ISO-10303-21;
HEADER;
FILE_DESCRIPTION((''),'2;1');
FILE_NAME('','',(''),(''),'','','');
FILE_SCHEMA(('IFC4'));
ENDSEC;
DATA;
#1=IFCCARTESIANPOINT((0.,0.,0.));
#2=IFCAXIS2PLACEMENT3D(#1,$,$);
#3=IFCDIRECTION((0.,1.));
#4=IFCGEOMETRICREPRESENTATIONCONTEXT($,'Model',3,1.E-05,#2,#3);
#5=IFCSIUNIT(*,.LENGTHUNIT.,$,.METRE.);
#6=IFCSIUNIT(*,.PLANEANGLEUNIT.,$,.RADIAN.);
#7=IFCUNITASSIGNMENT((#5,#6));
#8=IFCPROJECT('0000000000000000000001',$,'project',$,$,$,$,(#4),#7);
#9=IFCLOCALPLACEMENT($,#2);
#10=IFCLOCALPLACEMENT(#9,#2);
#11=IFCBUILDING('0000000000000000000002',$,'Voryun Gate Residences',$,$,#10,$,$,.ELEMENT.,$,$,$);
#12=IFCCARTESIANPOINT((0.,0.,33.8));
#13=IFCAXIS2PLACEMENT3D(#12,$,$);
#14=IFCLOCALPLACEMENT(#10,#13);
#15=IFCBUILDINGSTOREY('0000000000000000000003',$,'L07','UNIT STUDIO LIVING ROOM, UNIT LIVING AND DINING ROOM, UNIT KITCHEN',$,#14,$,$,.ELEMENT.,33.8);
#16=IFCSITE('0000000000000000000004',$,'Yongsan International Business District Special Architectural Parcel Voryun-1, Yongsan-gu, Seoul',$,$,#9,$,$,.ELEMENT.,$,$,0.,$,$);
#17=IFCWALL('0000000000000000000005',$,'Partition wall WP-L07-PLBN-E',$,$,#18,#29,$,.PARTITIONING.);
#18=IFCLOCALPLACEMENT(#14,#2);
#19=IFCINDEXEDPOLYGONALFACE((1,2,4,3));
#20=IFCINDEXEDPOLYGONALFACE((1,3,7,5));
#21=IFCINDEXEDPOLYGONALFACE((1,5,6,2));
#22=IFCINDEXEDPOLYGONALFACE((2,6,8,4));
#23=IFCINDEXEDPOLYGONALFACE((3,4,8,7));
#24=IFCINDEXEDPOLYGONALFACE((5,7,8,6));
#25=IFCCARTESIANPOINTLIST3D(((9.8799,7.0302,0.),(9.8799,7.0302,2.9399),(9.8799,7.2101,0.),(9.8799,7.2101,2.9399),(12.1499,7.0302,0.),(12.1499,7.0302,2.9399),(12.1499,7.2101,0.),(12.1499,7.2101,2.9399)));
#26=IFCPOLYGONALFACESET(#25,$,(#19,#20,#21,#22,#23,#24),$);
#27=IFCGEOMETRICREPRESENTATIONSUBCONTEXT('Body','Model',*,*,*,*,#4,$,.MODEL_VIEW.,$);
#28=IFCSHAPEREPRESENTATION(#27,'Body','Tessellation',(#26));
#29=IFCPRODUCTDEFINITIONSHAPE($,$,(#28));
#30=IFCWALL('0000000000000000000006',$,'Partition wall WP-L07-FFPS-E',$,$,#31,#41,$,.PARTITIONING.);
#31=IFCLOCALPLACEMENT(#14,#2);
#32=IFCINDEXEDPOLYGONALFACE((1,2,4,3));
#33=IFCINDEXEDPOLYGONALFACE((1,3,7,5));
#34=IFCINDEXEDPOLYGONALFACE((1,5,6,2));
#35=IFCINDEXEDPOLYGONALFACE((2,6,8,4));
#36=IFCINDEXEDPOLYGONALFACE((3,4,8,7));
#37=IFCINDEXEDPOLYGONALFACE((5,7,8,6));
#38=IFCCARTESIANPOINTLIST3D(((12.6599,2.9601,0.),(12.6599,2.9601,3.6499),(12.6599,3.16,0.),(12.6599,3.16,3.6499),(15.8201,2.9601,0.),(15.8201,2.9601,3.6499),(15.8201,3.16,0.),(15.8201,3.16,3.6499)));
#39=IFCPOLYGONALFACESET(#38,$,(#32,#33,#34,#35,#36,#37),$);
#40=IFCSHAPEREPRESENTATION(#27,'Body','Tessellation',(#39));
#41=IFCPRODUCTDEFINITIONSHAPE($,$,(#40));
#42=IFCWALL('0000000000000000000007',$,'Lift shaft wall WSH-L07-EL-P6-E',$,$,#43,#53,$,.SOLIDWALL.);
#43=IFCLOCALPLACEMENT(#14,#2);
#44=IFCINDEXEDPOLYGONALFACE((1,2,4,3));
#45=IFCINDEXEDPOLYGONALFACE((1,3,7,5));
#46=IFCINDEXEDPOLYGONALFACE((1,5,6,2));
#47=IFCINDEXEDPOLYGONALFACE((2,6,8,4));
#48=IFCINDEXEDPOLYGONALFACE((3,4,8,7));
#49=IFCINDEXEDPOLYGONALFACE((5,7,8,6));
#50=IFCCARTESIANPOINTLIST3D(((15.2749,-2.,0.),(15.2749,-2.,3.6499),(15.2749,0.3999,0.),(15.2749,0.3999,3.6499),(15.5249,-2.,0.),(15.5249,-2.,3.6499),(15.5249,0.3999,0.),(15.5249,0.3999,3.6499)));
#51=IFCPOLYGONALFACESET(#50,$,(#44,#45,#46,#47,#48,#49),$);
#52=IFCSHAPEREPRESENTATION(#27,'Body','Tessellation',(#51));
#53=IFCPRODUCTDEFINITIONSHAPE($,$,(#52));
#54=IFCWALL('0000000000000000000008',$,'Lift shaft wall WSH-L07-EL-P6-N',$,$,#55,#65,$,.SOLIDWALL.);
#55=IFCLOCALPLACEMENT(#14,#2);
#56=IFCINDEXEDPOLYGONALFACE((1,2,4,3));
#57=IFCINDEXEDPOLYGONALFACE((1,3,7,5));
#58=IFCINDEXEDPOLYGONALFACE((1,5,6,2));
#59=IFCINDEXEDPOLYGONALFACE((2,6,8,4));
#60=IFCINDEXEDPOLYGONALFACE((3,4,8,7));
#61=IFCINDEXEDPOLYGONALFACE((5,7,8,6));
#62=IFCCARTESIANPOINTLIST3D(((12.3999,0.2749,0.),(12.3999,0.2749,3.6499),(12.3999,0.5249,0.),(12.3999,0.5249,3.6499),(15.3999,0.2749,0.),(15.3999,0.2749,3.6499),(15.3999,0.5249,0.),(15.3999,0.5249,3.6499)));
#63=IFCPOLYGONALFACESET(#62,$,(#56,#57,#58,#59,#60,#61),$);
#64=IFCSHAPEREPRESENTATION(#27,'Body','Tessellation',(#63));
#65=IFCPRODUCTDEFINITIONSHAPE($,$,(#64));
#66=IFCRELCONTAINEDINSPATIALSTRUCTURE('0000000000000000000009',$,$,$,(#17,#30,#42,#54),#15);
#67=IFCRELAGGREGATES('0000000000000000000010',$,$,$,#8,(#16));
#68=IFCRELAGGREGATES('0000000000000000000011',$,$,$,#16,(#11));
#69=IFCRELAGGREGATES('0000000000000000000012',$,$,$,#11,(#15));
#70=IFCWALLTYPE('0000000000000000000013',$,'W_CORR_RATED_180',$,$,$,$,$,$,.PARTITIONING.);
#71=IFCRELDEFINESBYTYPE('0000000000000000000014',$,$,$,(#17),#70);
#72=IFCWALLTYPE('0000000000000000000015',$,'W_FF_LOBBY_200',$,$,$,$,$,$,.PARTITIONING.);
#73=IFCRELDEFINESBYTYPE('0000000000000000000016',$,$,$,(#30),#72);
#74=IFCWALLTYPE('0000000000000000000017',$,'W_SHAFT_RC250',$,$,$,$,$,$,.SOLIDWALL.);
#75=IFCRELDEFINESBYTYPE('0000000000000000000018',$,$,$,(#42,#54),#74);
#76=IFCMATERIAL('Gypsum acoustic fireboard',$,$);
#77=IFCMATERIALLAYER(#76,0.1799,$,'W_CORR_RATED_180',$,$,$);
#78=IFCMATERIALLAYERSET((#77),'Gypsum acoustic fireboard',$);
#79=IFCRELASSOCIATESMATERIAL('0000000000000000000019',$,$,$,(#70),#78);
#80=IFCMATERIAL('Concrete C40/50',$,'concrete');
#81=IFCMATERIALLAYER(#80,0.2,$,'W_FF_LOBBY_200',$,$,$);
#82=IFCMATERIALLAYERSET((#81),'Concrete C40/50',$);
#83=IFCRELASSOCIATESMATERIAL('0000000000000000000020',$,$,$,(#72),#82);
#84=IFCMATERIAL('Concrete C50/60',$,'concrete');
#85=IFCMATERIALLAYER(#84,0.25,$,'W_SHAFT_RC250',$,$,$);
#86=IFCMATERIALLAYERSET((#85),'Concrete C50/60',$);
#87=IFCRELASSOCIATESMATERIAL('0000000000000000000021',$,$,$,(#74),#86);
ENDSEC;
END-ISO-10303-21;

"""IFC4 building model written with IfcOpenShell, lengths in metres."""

from ifc_helpers import new_model, si_unit, direction, frame, frame_2d, origin, place, context, subcontext, project, spatial, rectangle, extrude, material, layer, layer_set, type_object, element, save


model = new_model("IFC4")

# Units and contexts
model_context = context("Model", 3, precision=1e-05, world=origin(), true_north=direction((0.0, 1.0)))
body_context = subcontext(model_context, "Body", "Model", "MODEL_VIEW")
ifc_project = project(units=[si_unit("LENGTHUNIT", "METRE"), si_unit("PLANEANGLEUNIT", "RADIAN")], contexts=[model_context])

# Site, building, storey
site_placement = place(None, origin())
site = spatial("IfcSite", under=ifc_project, at=site_placement, Name="Yongsan International Business District Special Architectural Parcel Voryun-1, Yongsan-gu, Seoul", CompositionType="ELEMENT", RefElevation=0.0)
building_placement = place(site_placement, origin())
building = spatial("IfcBuilding", under=site, at=building_placement, Name="Voryun Gate Residences", CompositionType="ELEMENT")
storey_placement = place(building_placement, frame((0.0, 0.0, 33.8)))
storey = spatial("IfcBuildingStorey", under=building, at=storey_placement, Name="L07", Description="UNIT STUDIO LIVING ROOM, UNIT LIVING AND DINING ROOM, UNIT KITCHEN", CompositionType="ELEMENT", Elevation=33.8)

# Walls
ifc_material_1 = material(Name="Gypsum acoustic fireboard")
ifc_layer_1 = layer(ifc_material_1, 0.1799, Name="W_CORR_RATED_180")
ifc_layer_set_1 = layer_set([ifc_layer_1], Name="Gypsum acoustic fireboard")
wall_type_1 = type_object("IfcWallType", Name="W_CORR_RATED_180", PredefinedType="PARTITIONING", material=ifc_layer_set_1)
wall_1_placement = place(storey_placement, frame((9.8799, 7.1201, 0.0), z_axis=(0.0, 0.0, 1.0), x_axis=(1.0, 0.0, 0.0)))
element("IfcWall", 1, at=wall_1_placement, inside=storey, type_object=wall_type_1, Name="Partition wall WP-L07-PLBN-E", PredefinedType="PARTITIONING", context=body_context, shape_type="SweptSolid", body=[
    extrude(rectangle(XDim=2.27, YDim=0.1799, at=frame_2d((1.135, 0.0))), origin(), (0.0, 0.0, 1.0), 2.9399),
])
ifc_material_2 = material(Name="Concrete C40/50", Category="concrete")
ifc_layer_2 = layer(ifc_material_2, 0.2, Name="W_FF_LOBBY_200")
ifc_layer_set_2 = layer_set([ifc_layer_2], Name="Concrete C40/50")
wall_type_2 = type_object("IfcWallType", Name="W_FF_LOBBY_200", PredefinedType="PARTITIONING", material=ifc_layer_set_2)
wall_2_placement = place(storey_placement, frame((12.6599, 3.0601, 0.0), z_axis=(0.0, 0.0, 1.0), x_axis=(1.0, 0.0, 0.0)))
element("IfcWall", 2, at=wall_2_placement, inside=storey, type_object=wall_type_2, Name="Partition wall WP-L07-FFPS-E", PredefinedType="PARTITIONING", context=body_context, shape_type="SweptSolid", body=[
    extrude(rectangle(XDim=3.1602, YDim=0.2, at=frame_2d((1.5801, 0.0))), origin(), (0.0, 0.0, 1.0), 3.6499),
])
ifc_material_3 = material(Name="Concrete C50/60", Category="concrete")
ifc_layer_3 = layer(ifc_material_3, 0.25, Name="W_SHAFT_RC250")
ifc_layer_set_3 = layer_set([ifc_layer_3], Name="Concrete C50/60")
wall_type_3 = type_object("IfcWallType", Name="W_SHAFT_RC250", PredefinedType="SOLIDWALL", material=ifc_layer_set_3)
wall_3_placement = place(storey_placement, frame((15.3999, -2.0, 0.0), z_axis=(0.0, 0.0, 1.0), x_axis=(0.0, 1.0, 0.0)))
element("IfcWall", 3, at=wall_3_placement, inside=storey, type_object=wall_type_3, Name="Lift shaft wall WSH-L07-EL-P6-E", PredefinedType="SOLIDWALL", context=body_context, shape_type="SweptSolid", body=[
    extrude(rectangle(XDim=2.3999, YDim=0.25, at=frame_2d((1.2, 0.0))), origin(), (0.0, 0.0, 1.0), 3.6499),
])
wall_4_placement = place(storey_placement, frame((15.3999, 0.3999, 0.0), z_axis=(0.0, 0.0, 1.0), x_axis=(-1.0, 0.0, 0.0)))
element("IfcWall", 4, at=wall_4_placement, inside=storey, type_object=wall_type_3, Name="Lift shaft wall WSH-L07-EL-P6-N", PredefinedType="SOLIDWALL", context=body_context, shape_type="SweptSolid", body=[
    extrude(rectangle(XDim=3.0, YDim=0.25, at=frame_2d((1.5, 0.0))), origin(), (0.0, 0.0, 1.0), 3.6499),
])

save(model, "model.ifc")
